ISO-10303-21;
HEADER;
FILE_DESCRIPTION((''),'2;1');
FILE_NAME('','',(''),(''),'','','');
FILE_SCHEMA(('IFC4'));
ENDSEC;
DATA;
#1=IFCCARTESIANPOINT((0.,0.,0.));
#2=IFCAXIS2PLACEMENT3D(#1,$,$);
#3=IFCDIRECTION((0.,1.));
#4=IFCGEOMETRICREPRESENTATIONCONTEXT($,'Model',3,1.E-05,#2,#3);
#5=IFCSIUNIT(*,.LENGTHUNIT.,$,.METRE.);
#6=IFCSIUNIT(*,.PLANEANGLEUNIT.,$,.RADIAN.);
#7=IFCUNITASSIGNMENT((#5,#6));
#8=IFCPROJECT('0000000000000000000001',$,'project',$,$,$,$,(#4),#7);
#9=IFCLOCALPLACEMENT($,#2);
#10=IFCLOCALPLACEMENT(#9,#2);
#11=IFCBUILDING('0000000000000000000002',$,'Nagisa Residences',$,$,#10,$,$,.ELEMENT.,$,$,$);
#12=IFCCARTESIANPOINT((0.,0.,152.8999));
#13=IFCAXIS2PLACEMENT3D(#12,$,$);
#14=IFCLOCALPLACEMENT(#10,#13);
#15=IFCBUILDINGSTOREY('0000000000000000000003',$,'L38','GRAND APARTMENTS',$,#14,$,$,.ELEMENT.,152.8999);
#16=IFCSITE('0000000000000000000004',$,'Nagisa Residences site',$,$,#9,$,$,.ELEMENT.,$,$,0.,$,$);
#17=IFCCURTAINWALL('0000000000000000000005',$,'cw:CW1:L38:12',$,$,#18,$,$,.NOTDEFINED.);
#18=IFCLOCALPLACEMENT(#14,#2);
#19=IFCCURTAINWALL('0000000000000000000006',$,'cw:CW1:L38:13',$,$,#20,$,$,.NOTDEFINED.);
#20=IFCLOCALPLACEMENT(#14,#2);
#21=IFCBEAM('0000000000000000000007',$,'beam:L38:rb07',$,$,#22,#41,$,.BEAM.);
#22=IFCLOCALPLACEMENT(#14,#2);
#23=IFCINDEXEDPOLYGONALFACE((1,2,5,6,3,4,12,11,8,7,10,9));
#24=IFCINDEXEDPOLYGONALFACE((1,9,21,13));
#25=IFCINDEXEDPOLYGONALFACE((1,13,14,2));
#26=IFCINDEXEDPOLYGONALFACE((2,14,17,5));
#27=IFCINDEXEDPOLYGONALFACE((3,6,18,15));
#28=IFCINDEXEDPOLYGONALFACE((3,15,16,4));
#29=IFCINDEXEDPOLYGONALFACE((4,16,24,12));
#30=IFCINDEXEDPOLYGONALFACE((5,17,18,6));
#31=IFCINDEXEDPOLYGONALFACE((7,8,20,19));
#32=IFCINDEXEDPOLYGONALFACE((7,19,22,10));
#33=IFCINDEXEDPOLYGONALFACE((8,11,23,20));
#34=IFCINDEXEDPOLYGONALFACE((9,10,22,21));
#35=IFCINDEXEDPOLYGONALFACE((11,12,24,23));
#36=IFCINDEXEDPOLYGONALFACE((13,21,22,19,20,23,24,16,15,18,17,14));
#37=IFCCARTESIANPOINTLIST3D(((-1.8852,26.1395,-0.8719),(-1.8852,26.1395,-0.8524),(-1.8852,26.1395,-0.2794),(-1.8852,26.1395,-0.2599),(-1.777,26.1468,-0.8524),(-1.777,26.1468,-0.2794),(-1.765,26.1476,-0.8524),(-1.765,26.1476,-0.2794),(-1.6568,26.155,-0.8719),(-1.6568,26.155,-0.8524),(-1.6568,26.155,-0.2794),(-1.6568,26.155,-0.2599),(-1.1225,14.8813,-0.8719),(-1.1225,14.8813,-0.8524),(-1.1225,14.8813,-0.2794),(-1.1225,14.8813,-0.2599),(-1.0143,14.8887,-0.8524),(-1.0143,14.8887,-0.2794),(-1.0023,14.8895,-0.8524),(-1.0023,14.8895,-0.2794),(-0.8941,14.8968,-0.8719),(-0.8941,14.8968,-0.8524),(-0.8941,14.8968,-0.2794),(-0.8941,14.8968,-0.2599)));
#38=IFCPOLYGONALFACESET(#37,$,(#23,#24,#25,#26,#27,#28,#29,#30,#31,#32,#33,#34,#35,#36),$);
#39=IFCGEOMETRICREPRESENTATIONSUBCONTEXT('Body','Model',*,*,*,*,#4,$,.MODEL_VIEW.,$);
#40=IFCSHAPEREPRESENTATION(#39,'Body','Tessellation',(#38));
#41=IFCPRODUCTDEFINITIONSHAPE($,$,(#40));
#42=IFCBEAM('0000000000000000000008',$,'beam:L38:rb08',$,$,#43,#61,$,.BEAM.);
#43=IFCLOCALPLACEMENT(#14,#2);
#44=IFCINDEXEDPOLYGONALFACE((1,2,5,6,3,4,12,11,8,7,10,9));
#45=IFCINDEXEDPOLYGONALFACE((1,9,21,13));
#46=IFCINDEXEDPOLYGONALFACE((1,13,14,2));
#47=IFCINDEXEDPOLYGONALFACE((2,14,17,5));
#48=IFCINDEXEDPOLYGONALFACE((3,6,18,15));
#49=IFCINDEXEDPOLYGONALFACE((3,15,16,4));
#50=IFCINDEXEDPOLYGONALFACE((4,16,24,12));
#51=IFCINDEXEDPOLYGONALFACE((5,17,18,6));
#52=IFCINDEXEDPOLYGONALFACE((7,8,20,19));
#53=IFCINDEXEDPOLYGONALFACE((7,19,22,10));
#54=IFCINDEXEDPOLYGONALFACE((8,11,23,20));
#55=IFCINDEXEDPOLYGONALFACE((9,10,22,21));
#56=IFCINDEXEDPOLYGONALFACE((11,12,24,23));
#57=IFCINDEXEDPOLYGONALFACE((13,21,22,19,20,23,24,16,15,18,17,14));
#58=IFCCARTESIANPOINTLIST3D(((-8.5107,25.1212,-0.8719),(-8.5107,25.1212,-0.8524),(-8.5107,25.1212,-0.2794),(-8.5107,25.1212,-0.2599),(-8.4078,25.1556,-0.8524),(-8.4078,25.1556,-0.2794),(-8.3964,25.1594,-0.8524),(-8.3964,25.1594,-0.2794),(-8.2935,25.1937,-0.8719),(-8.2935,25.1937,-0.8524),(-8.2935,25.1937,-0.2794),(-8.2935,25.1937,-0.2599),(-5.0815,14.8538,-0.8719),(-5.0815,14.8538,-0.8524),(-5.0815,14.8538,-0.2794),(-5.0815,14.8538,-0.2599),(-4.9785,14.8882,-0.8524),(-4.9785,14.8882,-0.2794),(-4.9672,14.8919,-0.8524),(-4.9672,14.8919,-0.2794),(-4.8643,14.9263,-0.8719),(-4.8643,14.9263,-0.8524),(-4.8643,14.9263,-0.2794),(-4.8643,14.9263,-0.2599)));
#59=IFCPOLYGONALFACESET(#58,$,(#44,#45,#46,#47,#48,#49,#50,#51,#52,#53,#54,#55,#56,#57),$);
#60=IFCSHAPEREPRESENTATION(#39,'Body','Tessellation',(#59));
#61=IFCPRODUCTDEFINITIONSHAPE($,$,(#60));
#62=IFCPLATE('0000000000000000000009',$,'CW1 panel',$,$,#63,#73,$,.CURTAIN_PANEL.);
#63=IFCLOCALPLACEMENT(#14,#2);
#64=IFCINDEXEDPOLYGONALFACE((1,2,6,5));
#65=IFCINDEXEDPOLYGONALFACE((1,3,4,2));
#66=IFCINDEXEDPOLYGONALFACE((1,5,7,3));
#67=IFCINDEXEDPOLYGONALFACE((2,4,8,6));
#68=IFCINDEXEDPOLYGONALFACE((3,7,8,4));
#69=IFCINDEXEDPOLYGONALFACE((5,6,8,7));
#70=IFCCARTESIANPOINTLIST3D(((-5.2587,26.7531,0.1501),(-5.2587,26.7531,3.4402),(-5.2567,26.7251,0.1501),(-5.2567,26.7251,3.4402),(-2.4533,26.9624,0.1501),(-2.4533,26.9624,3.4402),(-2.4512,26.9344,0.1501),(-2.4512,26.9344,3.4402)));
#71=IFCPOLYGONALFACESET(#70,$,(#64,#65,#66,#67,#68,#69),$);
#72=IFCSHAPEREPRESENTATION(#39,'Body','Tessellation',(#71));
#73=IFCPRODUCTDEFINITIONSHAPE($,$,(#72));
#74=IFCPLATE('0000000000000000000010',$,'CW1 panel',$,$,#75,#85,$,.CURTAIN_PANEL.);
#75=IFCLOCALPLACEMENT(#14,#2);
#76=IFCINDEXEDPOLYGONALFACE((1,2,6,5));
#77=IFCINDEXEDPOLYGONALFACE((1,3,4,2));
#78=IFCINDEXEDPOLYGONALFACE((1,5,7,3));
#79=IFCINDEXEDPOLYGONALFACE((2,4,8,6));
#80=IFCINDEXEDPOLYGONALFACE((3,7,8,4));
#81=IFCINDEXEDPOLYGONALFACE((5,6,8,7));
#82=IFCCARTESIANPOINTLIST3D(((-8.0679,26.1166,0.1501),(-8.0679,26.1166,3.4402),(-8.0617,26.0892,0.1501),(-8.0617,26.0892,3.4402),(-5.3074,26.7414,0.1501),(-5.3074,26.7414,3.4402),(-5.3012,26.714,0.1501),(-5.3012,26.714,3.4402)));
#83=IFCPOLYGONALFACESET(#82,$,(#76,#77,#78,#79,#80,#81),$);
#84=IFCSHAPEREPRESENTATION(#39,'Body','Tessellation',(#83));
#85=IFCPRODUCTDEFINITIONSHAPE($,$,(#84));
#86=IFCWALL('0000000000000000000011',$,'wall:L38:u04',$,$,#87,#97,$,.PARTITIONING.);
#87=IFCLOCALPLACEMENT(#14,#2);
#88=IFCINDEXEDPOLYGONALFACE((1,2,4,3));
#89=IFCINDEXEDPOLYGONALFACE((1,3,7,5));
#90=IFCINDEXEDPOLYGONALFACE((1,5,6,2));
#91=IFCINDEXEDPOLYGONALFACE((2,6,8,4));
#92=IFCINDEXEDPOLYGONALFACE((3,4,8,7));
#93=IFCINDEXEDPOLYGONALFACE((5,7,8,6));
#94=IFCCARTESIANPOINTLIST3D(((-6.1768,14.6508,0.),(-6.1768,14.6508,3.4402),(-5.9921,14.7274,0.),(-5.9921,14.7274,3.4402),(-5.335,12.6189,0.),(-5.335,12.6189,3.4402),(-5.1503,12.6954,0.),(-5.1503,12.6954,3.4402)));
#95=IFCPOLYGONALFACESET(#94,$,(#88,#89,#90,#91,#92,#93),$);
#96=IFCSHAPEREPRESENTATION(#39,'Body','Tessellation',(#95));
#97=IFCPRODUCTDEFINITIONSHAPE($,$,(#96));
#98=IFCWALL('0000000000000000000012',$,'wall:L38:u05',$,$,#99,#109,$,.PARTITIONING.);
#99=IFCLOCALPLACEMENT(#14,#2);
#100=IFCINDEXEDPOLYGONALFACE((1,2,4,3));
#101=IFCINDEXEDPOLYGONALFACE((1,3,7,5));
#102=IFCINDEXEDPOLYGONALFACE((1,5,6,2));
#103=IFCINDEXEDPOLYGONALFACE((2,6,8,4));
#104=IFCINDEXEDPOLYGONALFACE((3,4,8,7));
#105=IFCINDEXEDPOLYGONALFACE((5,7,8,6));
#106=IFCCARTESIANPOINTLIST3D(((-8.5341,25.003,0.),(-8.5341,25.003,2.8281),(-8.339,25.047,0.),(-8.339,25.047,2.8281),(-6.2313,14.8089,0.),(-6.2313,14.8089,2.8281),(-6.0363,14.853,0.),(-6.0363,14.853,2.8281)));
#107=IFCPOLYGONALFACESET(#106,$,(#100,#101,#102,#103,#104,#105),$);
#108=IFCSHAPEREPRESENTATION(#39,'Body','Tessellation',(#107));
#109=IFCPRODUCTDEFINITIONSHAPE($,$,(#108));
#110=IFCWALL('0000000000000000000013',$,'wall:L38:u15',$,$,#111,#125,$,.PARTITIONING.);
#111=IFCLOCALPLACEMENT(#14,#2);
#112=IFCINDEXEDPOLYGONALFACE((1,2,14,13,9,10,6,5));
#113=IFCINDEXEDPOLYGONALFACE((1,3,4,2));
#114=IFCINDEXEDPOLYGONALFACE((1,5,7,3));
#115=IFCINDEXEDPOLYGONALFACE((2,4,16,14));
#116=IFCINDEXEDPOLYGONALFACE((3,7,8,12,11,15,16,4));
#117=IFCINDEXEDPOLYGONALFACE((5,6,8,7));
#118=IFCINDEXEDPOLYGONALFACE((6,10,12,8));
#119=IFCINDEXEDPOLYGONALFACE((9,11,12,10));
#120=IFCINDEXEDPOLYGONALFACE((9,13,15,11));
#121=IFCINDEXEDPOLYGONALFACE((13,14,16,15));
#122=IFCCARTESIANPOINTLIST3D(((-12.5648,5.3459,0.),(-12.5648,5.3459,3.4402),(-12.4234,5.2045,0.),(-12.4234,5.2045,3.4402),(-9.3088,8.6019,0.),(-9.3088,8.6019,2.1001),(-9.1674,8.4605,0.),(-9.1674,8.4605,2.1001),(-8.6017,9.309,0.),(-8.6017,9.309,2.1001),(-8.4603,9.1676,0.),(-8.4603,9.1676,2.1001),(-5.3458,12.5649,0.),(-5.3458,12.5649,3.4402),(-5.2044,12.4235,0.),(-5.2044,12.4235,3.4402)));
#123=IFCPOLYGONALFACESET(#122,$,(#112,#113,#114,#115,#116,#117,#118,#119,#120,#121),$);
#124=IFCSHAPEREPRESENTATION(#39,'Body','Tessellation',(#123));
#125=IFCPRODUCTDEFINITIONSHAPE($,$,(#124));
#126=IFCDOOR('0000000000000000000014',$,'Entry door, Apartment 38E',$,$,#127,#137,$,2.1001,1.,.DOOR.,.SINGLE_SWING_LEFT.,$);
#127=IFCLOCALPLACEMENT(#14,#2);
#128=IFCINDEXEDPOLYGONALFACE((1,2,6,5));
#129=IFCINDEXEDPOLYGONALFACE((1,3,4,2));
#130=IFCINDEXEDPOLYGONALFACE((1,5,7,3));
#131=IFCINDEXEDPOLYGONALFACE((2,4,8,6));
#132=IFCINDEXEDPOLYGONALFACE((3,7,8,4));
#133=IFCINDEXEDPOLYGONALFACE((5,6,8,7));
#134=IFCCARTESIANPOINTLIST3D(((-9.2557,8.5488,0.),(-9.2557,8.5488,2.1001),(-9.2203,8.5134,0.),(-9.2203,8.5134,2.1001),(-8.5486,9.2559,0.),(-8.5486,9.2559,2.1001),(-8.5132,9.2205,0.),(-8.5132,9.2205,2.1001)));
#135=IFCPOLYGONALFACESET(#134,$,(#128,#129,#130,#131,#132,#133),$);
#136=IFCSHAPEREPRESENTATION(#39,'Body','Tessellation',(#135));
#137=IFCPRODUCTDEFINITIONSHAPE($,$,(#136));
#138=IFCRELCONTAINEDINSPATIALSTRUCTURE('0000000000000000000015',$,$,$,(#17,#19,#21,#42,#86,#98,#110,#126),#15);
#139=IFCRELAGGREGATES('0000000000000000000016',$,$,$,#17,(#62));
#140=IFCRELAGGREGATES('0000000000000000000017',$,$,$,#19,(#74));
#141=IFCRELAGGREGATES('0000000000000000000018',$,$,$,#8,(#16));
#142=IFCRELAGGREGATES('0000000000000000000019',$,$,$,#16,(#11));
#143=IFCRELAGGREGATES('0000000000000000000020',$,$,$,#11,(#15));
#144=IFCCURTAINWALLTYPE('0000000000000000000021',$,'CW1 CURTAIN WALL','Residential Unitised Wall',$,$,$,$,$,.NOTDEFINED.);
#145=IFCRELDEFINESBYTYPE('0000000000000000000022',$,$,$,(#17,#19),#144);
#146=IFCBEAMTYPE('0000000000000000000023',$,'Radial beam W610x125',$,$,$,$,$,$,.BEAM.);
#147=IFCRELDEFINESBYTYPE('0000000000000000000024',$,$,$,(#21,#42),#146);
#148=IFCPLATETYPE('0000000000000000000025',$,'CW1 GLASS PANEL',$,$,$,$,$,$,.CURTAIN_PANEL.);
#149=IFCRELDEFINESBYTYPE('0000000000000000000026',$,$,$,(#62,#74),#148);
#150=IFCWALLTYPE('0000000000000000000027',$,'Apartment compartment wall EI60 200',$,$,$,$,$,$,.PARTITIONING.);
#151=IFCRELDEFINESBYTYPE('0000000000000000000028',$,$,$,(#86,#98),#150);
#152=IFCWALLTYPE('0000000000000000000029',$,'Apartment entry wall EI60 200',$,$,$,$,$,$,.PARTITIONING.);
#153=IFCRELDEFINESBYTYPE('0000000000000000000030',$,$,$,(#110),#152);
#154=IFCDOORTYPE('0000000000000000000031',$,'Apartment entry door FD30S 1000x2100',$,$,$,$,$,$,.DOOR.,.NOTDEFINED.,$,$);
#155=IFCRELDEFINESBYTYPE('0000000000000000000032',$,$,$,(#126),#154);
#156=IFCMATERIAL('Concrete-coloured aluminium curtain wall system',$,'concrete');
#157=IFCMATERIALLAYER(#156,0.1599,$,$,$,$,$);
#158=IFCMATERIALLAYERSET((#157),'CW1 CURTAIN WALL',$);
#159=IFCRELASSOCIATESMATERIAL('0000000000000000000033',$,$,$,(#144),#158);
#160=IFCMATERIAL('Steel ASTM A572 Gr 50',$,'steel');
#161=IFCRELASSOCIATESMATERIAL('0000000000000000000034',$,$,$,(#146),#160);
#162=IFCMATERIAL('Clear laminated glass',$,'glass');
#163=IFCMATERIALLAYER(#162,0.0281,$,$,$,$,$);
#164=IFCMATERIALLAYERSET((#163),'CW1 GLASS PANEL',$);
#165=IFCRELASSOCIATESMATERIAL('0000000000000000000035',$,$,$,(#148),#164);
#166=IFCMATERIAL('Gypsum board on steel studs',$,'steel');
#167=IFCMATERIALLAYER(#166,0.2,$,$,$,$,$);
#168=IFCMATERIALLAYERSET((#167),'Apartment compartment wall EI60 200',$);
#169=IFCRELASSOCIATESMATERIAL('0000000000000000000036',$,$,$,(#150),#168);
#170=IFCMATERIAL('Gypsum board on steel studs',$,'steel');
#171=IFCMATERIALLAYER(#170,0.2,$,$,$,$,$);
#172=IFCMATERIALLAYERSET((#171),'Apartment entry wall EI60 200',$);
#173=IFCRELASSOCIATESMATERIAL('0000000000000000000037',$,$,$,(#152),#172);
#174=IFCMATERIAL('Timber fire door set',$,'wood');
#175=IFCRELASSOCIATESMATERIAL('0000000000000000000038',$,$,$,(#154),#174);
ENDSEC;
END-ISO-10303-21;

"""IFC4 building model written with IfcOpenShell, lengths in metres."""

from ifc_helpers import new_model, si_unit, direction, frame, frame_2d, origin, origin_2d, place, context, subcontext, project, spatial, rectangle, i_section, extrude, material, layer, layer_set, material_profile, profile_set, type_object, element, fill, aggregate, save


model = new_model("IFC4")

# Units and contexts
model_context = context("Model", 3, precision=1e-05, world=origin(), true_north=direction((0.0, 1.0)))
body_context = subcontext(model_context, "Body", "Model", "MODEL_VIEW")
ifc_project = project(units=[si_unit("LENGTHUNIT", "METRE"), si_unit("PLANEANGLEUNIT", "RADIAN")], contexts=[model_context])

# Site, building, storey
site_placement = place(None, origin())
site = spatial("IfcSite", under=ifc_project, at=site_placement, Name="Nagisa Residences site", CompositionType="ELEMENT", RefElevation=0.0)
building_placement = place(site_placement, origin())
building = spatial("IfcBuilding", under=site, at=building_placement, Name="Nagisa Residences", CompositionType="ELEMENT")
storey_placement = place(building_placement, frame((0.0, 0.0, 152.8999)))
storey = spatial("IfcBuildingStorey", under=building, at=storey_placement, Name="L38", Description="GRAND APARTMENTS", CompositionType="ELEMENT", Elevation=152.8999)

# Curtain walls
ifc_material_1 = material(Name="Concrete-coloured aluminium curtain wall system", Category="concrete")
ifc_layer_1 = layer(ifc_material_1, 0.1599)
ifc_layer_set_1 = layer_set([ifc_layer_1], Name="CW1 CURTAIN WALL")
curtain_wall_type = type_object("IfcCurtainWallType", Name="CW1 CURTAIN WALL", Description="Residential Unitised Wall", PredefinedType="NOTDEFINED", material=ifc_layer_set_1)
curtain_wall_1_placement = place(storey_placement, origin())
curtain_wall_1 = element("IfcCurtainWall", 1, at=curtain_wall_1_placement, inside=storey, type_object=curtain_wall_type, Name="cw:CW1:L38:12", PredefinedType="NOTDEFINED")
curtain_wall_2_placement = place(storey_placement, origin())
curtain_wall_2 = element("IfcCurtainWall", 2, at=curtain_wall_2_placement, inside=storey, type_object=curtain_wall_type, Name="cw:CW1:L38:13", PredefinedType="NOTDEFINED")

# Beams
ifc_material_2 = material(Name="Steel ASTM A572 Gr 50", Category="steel")
ifc_material_profile_1 = material_profile(ifc_material_2, i_section(OverallWidth=0.229, OverallDepth=0.6121, WebThickness=0.012, FlangeThickness=0.0195, at=origin_2d()), Name="W610x125")
ifc_profile_set_1 = profile_set([ifc_material_profile_1], Name="Steel ASTM A572 Gr 50")
beam_type_1 = type_object("IfcBeamType", Name="Radial beam W610x125", PredefinedType="BEAM", material=ifc_profile_set_1)
beam_1_placement = place(storey_placement, frame((-1.771, 26.1472, -0.5659), z_axis=(0.067592, -0.997713, 0.0), x_axis=(0.997713, 0.067592, 0.0)))
element("IfcBeam", 3, at=beam_1_placement, inside=storey, type_object=beam_type_1, Name="beam:L38:rb07", PredefinedType="BEAM", context=body_context, shape_type="SweptSolid", body=[
    extrude(i_section(OverallWidth=0.229, OverallDepth=0.6121, WebThickness=0.012, FlangeThickness=0.0195, at=origin_2d()), origin(), (0.0, 0.0, 1.0), 11.2839),
])
beam_2_placement = place(storey_placement, frame((-8.4021, 25.1575, -0.5659), z_axis=(0.316789, -0.948496, 0.0), x_axis=(0.948496, 0.316789, 0.0)))
element("IfcBeam", 4, at=beam_2_placement, inside=storey, type_object=beam_type_1, Name="beam:L38:rb08", PredefinedType="BEAM", context=body_context, shape_type="SweptSolid", body=[
    extrude(i_section(OverallWidth=0.229, OverallDepth=0.6121, WebThickness=0.012, FlangeThickness=0.0195, at=origin_2d()), origin(), (0.0, 0.0, 1.0), 10.825),
])

# Plates
ifc_material_3 = material(Name="Clear laminated glass", Category="glass")
ifc_layer_2 = layer(ifc_material_3, 0.0281)
ifc_layer_set_2 = layer_set([ifc_layer_2], Name="CW1 GLASS PANEL")
plate_type = type_object("IfcPlateType", Name="CW1 GLASS PANEL", PredefinedType="CURTAIN_PANEL", material=ifc_layer_set_2)
plate_1_placement = place(storey_placement, frame((-3.855, 26.8438, 0.1501), z_axis=(0.0, 0.0, 1.0), x_axis=(-0.99723, -0.074377, 0.0)))
plate_1 = element("IfcPlate", 5, at=plate_1_placement, type_object=plate_type, Name="CW1 panel", PredefinedType="CURTAIN_PANEL", context=body_context, shape_type="SweptSolid", body=[
    extrude(rectangle(XDim=2.8132, YDim=0.0281, at=origin_2d()), origin(), (0.0, 0.0, 1.0), 3.29),
])
aggregate(curtain_wall_1, [plate_1])
plate_2_placement = place(storey_placement, frame((-6.6846, 26.4153, 0.1501), z_axis=(0.0, 0.0, 1.0), x_axis=(-0.975327, -0.220764, 0.0)))
plate_2 = element("IfcPlate", 6, at=plate_2_placement, type_object=plate_type, Name="CW1 panel", PredefinedType="CURTAIN_PANEL", context=body_context, shape_type="SweptSolid", body=[
    extrude(rectangle(XDim=2.8303, YDim=0.0281, at=origin_2d()), origin(), (0.0, 0.0, 1.0), 3.29),
])
aggregate(curtain_wall_2, [plate_2])

# Walls
ifc_material_4 = material(Name="Gypsum board on steel studs", Category="steel")
ifc_layer_3 = layer(ifc_material_4, 0.2)
ifc_layer_set_3 = layer_set([ifc_layer_3], Name="Apartment compartment wall EI60 200")
wall_type_1 = type_object("IfcWallType", Name="Apartment compartment wall EI60 200", PredefinedType="PARTITIONING", material=ifc_layer_set_3)
wall_1_placement = place(storey_placement, frame((-5.2427, 12.6572, 0.0), z_axis=(0.0, 0.0, 1.0), x_axis=(-0.382731, 0.92386, 0.0)))
element("IfcWall", 7, at=wall_1_placement, inside=storey, type_object=wall_type_1, Name="wall:L38:u04", PredefinedType="PARTITIONING", context=body_context, shape_type="SweptSolid", body=[
    extrude(rectangle(XDim=2.1995, YDim=0.2, at=frame_2d((1.0996, 0.0))), origin(), (0.0, 0.0, 1.0), 3.4402),
])
wall_2_placement = place(storey_placement, frame((-6.1338, 14.8308, 0.0), z_axis=(0.0, 0.0, 1.0), x_axis=(-0.220338, 0.975424, 0.0)))
element("IfcWall", 8, at=wall_2_placement, inside=storey, type_object=wall_type_1, Name="wall:L38:u05", PredefinedType="PARTITIONING", context=body_context, shape_type="SweptSolid", body=[
    extrude(rectangle(XDim=10.4509, YDim=0.2, at=frame_2d((5.2256, 0.0))), origin(), (0.0, 0.0, 1.0), 2.8281),
])

# Wall, opening, door
ifc_material_5 = material(Name="Gypsum board on steel studs", Category="steel")
ifc_layer_4 = layer(ifc_material_5, 0.2)
ifc_layer_set_4 = layer_set([ifc_layer_4], Name="Apartment entry wall EI60 200")
wall_type_2 = type_object("IfcWallType", Name="Apartment entry wall EI60 200", PredefinedType="PARTITIONING", material=ifc_layer_set_4)
wall_3_placement = place(storey_placement, frame((-5.2751, 12.4941, 0.0), z_axis=(0.0, 0.0, 1.0), x_axis=(-0.707107, -0.707107, 0.0)))
wall_3 = element("IfcWall", 9, at=wall_3_placement, inside=storey, type_object=wall_type_2, Name="wall:L38:u15", PredefinedType="PARTITIONING", context=body_context, shape_type="SweptSolid", body=[
    extrude(rectangle(XDim=10.2092, YDim=0.2, at=frame_2d((5.1045, 0.0))), origin(), (0.0, 0.0, 1.0), 3.4402),
])
opening_1_placement = place(wall_3_placement, frame((4.6045, 0.0, 0.0)))
opening_1 = element("IfcOpeningElement", 10, at=opening_1_placement, cuts=wall_3, PredefinedType="OPENING", context=body_context, shape_type="SweptSolid", body=[
    extrude(rectangle(XDim=1.0, YDim=2.1001, at=frame_2d((0.5, 1.05))), frame((0.0, 0.1099, 0.0), z_axis=(0.0, -1.0, 0.0), x_axis=(1.0, 0.0, 0.0)), (0.0, 0.0, 1.0), 0.22),
])
ifc_material_6 = material(Name="Timber fire door set", Category="wood")
door_type_1 = type_object("IfcDoorType", Name="Apartment entry door FD30S 1000x2100", OperationType="NOTDEFINED", PredefinedType="DOOR", material=ifc_material_6)
door_1_placement = place(opening_1_placement, frame((1.0, 0.0, 0.0), x_axis=(-1.0, 0.0, 0.0)))
door_1 = element("IfcDoor", 11, at=door_1_placement, inside=storey, type_object=door_type_1, Name="Entry door, Apartment 38E", OperationType="SINGLE_SWING_LEFT", OverallHeight=2.1001, OverallWidth=1.0, PredefinedType="DOOR", context=body_context, shape_type="SweptSolid", body=[
    extrude(rectangle(XDim=1.0, YDim=2.1001, at=frame_2d((0.5, 1.05))), frame((0.0, 0.0249, 0.0), z_axis=(0.0, -1.0, 0.0), x_axis=(1.0, 0.0, 0.0)), (0.0, 0.0, 1.0), 0.05),
])
fill(opening_1, door_1)

save(model, "model.ifc")
